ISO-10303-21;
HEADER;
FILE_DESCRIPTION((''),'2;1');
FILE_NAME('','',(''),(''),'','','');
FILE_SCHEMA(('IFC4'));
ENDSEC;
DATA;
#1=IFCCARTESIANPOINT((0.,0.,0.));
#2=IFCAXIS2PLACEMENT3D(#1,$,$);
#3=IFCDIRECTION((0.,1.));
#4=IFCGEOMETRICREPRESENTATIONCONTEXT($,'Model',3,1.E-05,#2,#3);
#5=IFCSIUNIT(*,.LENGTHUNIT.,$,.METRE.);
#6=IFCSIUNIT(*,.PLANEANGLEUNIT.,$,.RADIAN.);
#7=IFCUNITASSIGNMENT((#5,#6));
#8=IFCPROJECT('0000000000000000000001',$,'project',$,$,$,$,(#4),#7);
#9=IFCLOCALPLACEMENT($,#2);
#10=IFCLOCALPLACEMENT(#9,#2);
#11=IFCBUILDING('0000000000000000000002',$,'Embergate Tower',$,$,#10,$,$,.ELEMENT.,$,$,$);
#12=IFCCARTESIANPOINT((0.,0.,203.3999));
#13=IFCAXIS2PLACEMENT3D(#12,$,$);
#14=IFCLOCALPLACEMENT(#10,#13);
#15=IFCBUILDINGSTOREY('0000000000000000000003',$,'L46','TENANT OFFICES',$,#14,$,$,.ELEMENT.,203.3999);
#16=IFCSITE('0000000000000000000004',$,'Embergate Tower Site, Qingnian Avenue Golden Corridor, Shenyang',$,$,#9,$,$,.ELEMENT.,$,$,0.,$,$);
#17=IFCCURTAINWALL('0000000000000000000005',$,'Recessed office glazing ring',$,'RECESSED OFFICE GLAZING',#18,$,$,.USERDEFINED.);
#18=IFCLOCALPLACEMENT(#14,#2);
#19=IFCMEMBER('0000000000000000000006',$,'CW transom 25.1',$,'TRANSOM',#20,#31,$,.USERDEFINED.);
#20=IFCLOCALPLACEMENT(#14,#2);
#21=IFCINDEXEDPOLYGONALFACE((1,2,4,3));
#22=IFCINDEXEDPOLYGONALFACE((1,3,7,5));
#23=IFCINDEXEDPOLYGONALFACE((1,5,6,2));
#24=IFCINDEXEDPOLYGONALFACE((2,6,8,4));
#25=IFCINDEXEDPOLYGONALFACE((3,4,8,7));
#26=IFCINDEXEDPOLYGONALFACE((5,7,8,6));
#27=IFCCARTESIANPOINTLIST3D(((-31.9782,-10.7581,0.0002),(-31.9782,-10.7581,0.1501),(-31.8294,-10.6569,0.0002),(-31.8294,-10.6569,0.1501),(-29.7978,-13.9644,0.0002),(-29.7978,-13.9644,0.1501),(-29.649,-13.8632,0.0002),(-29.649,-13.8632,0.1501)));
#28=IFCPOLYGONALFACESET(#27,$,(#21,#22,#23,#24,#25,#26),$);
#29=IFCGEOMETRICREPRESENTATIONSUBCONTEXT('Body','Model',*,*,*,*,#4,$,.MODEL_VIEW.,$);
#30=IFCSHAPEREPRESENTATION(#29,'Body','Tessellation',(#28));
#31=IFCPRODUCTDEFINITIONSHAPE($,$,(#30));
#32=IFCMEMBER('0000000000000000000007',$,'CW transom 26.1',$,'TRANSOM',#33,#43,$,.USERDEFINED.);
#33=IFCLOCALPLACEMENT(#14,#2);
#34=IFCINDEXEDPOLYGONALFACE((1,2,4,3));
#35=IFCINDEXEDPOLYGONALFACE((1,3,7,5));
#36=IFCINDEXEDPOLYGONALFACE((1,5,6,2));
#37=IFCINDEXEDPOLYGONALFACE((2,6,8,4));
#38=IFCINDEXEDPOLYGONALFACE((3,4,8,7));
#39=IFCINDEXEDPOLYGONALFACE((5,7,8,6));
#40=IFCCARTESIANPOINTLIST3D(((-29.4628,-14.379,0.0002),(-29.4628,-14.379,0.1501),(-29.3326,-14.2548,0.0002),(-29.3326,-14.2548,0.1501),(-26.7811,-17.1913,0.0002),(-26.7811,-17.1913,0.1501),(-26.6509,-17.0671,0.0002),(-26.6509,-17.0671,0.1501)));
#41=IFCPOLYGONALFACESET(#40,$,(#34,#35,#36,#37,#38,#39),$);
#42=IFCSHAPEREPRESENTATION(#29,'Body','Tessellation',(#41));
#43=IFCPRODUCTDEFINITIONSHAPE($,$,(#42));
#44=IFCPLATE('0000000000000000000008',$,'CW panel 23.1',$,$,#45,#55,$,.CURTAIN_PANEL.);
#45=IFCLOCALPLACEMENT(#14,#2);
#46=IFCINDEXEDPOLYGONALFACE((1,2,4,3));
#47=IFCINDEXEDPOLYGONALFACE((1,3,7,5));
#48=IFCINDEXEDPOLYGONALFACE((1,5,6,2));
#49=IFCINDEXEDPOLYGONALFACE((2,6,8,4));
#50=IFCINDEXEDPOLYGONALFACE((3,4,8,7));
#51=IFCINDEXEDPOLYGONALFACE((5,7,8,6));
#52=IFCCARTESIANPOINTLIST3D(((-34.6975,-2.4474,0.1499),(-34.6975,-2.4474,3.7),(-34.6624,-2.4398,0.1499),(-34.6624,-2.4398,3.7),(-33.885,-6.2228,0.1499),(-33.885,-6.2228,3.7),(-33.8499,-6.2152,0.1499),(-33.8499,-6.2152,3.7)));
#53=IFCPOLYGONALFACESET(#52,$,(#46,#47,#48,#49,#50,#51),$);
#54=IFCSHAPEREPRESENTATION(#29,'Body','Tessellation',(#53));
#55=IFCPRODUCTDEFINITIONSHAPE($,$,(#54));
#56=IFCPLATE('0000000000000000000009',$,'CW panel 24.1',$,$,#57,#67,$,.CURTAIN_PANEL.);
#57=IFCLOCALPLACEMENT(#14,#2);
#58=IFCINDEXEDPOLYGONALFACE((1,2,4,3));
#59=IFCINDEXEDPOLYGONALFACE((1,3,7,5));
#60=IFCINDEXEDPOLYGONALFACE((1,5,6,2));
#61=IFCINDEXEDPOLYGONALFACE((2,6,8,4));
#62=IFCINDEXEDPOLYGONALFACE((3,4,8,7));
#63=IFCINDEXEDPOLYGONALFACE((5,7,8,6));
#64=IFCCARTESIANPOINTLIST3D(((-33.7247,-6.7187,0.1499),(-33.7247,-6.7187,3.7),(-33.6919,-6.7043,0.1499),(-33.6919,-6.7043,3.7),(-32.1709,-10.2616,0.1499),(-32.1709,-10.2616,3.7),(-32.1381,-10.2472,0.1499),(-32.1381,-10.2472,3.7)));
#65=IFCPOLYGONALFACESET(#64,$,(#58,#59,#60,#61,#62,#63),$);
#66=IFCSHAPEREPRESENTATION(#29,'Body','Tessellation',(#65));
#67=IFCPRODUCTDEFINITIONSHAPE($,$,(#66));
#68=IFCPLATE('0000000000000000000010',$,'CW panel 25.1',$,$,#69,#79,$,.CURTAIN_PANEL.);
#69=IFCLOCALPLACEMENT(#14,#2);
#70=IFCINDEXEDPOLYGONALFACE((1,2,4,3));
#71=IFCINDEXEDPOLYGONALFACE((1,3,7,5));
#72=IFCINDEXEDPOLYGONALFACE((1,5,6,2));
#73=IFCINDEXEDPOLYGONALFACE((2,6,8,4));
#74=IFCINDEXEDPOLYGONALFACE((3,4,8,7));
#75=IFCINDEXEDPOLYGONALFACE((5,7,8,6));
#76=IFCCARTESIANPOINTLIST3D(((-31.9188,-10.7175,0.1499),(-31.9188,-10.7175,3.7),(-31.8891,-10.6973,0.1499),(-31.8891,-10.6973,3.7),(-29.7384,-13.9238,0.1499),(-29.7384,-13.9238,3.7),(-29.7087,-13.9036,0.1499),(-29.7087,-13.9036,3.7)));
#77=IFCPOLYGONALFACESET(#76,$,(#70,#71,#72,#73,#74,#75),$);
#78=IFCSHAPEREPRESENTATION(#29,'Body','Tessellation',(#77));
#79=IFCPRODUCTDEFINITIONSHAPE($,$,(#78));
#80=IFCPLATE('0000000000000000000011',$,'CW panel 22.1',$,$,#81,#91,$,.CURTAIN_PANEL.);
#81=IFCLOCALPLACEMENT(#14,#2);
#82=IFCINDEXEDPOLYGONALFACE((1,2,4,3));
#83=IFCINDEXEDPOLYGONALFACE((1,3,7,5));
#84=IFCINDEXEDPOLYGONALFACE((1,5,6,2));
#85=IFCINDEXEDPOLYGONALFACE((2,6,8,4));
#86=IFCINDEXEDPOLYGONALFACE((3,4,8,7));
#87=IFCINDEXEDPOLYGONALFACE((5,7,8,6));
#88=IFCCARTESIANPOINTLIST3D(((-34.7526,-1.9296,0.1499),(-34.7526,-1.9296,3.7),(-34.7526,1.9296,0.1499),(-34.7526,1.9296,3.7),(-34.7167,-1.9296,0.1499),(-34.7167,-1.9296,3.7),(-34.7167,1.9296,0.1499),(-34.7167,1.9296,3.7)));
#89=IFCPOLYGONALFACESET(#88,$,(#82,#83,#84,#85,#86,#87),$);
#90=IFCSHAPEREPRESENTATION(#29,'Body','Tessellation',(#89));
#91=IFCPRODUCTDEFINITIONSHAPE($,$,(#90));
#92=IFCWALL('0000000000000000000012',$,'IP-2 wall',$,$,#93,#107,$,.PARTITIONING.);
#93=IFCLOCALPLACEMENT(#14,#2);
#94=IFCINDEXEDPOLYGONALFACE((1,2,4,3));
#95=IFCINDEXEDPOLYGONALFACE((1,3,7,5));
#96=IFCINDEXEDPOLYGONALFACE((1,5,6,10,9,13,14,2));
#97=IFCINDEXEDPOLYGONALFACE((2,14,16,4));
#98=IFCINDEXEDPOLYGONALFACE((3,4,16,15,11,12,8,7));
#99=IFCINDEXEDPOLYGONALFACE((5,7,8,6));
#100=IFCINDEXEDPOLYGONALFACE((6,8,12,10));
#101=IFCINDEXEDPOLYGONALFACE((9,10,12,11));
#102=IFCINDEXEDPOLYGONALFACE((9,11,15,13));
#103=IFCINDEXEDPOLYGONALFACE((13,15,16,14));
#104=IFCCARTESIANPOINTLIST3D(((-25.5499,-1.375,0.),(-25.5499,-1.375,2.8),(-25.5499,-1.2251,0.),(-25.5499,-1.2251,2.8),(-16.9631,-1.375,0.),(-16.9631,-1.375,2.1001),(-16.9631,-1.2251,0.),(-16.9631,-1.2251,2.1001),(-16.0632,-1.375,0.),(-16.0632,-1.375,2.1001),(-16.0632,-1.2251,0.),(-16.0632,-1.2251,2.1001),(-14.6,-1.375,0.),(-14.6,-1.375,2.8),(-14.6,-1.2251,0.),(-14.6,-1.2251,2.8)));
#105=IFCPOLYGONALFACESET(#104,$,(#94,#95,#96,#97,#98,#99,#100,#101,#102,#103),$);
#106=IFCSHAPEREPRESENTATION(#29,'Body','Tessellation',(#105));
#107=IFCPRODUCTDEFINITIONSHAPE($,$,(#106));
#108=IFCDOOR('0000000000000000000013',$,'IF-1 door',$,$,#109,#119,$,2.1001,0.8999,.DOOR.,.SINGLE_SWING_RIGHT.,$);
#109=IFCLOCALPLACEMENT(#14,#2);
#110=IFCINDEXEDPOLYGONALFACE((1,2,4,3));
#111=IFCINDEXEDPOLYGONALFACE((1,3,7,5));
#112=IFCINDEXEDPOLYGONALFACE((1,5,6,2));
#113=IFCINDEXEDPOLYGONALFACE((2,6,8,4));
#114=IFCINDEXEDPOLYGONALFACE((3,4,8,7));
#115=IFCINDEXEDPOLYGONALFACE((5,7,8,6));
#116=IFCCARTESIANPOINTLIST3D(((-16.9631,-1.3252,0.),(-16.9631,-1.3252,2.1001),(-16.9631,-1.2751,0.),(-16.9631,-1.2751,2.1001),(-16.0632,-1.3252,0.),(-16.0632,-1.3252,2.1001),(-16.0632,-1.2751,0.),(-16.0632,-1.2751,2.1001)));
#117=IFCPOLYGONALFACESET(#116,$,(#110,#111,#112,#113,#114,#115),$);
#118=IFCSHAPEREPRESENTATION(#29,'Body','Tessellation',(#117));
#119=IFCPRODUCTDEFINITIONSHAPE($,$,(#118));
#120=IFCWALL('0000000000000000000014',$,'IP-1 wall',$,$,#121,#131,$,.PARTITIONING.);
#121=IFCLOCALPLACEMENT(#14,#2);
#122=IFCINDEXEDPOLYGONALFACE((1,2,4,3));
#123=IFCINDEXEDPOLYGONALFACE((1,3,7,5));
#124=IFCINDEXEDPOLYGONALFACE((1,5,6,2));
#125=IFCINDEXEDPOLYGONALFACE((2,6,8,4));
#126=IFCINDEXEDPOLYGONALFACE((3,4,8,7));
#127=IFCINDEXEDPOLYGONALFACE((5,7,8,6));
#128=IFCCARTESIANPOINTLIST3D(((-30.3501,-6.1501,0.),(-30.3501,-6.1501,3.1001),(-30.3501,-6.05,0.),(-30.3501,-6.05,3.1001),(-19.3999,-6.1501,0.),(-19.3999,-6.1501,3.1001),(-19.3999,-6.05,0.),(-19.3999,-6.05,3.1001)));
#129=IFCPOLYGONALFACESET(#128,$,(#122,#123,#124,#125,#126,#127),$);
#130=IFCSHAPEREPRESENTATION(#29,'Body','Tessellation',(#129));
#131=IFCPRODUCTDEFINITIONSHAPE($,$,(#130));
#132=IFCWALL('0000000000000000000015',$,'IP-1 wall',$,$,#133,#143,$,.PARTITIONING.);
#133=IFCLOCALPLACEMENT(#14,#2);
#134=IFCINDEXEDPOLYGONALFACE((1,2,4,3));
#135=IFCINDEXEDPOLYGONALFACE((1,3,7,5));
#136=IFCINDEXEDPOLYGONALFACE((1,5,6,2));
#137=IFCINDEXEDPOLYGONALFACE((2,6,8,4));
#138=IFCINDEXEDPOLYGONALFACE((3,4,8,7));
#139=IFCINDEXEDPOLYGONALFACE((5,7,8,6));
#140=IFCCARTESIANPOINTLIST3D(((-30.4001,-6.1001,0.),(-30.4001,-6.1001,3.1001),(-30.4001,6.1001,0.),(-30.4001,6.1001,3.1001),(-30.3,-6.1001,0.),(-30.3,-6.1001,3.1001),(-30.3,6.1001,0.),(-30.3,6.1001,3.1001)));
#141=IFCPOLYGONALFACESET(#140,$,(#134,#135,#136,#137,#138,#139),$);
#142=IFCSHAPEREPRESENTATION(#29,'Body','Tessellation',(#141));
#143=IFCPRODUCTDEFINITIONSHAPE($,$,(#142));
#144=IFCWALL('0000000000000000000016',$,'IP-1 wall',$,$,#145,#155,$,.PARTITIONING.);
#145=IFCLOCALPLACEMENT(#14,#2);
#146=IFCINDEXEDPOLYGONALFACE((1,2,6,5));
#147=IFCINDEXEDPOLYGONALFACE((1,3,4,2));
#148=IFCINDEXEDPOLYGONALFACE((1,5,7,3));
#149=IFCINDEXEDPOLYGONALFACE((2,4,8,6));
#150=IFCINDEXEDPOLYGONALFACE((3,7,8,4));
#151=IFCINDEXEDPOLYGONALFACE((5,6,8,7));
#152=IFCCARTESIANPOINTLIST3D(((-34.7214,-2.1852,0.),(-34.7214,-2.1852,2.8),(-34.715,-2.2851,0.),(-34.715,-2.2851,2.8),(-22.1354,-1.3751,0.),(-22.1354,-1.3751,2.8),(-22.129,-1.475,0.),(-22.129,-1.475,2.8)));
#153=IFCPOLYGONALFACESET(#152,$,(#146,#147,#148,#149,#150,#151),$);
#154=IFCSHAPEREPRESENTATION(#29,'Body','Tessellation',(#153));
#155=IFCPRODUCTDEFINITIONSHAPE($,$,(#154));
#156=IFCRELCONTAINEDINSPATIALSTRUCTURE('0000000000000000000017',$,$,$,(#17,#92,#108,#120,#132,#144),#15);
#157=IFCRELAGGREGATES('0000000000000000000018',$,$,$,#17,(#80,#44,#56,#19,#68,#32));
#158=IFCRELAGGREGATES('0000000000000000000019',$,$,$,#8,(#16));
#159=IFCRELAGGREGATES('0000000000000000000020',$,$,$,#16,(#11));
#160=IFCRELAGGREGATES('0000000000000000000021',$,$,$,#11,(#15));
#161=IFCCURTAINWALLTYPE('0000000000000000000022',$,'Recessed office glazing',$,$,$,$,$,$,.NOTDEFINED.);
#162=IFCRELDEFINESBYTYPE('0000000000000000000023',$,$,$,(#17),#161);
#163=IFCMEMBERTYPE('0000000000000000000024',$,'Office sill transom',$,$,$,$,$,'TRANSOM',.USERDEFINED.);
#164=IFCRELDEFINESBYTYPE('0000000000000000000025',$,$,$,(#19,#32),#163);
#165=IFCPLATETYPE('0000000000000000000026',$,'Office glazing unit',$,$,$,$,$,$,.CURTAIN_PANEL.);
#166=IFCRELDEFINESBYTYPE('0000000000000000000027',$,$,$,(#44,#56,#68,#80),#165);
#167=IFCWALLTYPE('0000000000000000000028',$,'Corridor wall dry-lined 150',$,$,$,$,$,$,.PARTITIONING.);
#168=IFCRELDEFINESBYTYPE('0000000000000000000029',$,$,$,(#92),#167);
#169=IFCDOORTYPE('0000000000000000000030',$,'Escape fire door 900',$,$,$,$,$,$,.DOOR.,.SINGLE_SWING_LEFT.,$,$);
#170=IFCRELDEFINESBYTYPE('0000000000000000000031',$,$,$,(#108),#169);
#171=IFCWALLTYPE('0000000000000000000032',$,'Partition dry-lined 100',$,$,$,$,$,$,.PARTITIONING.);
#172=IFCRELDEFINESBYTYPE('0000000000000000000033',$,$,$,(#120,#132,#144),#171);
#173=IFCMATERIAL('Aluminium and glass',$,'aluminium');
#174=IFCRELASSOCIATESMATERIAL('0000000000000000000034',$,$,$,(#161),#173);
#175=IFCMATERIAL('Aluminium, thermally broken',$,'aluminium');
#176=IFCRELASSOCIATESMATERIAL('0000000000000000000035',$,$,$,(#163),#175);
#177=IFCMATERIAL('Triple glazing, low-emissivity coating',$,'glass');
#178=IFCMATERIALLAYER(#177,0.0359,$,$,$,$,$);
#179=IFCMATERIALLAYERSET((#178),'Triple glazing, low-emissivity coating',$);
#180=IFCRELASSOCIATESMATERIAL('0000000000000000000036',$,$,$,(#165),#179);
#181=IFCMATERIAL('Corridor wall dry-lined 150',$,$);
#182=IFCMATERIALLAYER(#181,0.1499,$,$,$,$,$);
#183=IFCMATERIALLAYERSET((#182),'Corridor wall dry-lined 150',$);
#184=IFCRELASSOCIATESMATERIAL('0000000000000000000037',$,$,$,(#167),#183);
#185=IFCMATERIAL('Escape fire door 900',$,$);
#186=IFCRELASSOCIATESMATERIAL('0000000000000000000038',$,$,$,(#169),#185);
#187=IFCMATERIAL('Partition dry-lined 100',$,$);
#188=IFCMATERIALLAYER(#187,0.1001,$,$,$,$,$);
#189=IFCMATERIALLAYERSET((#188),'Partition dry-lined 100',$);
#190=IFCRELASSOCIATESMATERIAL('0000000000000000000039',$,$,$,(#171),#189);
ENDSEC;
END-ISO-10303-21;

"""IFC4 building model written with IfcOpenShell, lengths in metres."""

from ifc_helpers import new_model, si_unit, direction, frame, frame_2d, origin, origin_2d, place, context, subcontext, project, spatial, rectangle, extrude, source, transform, mapped, material, layer, layer_set, material_profile, profile_set, type_object, element, fill, aggregate, save


model = new_model("IFC4")

# Units and contexts
model_context = context("Model", 3, precision=1e-05, world=origin(), true_north=direction((0.0, 1.0)))
body_context = subcontext(model_context, "Body", "Model", "MODEL_VIEW")
ifc_project = project(units=[si_unit("LENGTHUNIT", "METRE"), si_unit("PLANEANGLEUNIT", "RADIAN")], contexts=[model_context])

# Site, building, storey
site_placement = place(None, origin())
site = spatial("IfcSite", under=ifc_project, at=site_placement, Name="Embergate Tower Site, Qingnian Avenue Golden Corridor, Shenyang", CompositionType="ELEMENT", RefElevation=0.0)
building_placement = place(site_placement, origin())
building = spatial("IfcBuilding", under=site, at=building_placement, Name="Embergate Tower", CompositionType="ELEMENT")
storey_placement = place(building_placement, frame((0.0, 0.0, 203.3999)))
storey = spatial("IfcBuildingStorey", under=building, at=storey_placement, Name="L46", Description="TENANT OFFICES", CompositionType="ELEMENT", Elevation=203.3999)

# Curtain wall, members, plates
ifc_material_1 = material(Name="Aluminium and glass", Category="aluminium")
curtain_wall_type = type_object("IfcCurtainWallType", Name="Recessed office glazing", PredefinedType="NOTDEFINED", material=ifc_material_1)
curtain_wall_placement = place(storey_placement, origin())
curtain_wall = element("IfcCurtainWall", 1, at=curtain_wall_placement, inside=storey, type_object=curtain_wall_type, Name="Recessed office glazing ring", ObjectType="RECESSED OFFICE GLAZING", PredefinedType="USERDEFINED")
ifc_material_2 = material(Name="Aluminium, thermally broken", Category="aluminium")
ifc_material_profile_1 = material_profile(ifc_material_2, rectangle(XDim=0.1799, YDim=0.1499, at=origin_2d()), Name="AL 150x180")
ifc_profile_set_1 = profile_set([ifc_material_profile_1], Name="Aluminium, thermally broken")
member_type_1 = type_object("IfcMemberType", Name="Office sill transom", ElementType="TRANSOM", PredefinedType="USERDEFINED", material=ifc_profile_set_1)
shared_shape_1 = source(origin(), body_context, "Body", "SweptSolid", [
    extrude(rectangle(XDim=0.1799, YDim=0.1499, at=origin_2d()), origin(), (0.0, 0.0, 1.0), 3.8774),
])
member_1_placement = place(storey_placement, frame((-31.9038, -10.7075, 0.0752), z_axis=(0.562334, -0.82691, 0.0), x_axis=(0.82691, 0.562334, 0.0)))
member_1 = element("IfcMember", 2, at=member_1_placement, type_object=member_type_1, Name="CW transom 25.1", ObjectType="TRANSOM", PredefinedType="USERDEFINED", context=body_context, shape_type="MappedRepresentation", body=[
    mapped(shared_shape_1, transform((0.0, 0.0, 0.0))),
])
shared_shape_2 = source(origin(), body_context, "Body", "SweptSolid", [
    extrude(rectangle(XDim=0.1799, YDim=0.1499, at=origin_2d()), origin(), (0.0, 0.0, 1.0), 3.886),
])
member_2_placement = place(storey_placement, frame((-29.3977, -14.3169, 0.0752), z_axis=(0.690101, -0.723713, 0.0), x_axis=(0.723713, 0.690101, 0.0)))
member_2 = element("IfcMember", 3, at=member_2_placement, type_object=member_type_1, Name="CW transom 26.1", ObjectType="TRANSOM", PredefinedType="USERDEFINED", context=body_context, shape_type="MappedRepresentation", body=[
    mapped(shared_shape_2, transform((0.0, 0.0, 0.0))),
])
ifc_material_3 = material(Name="Triple glazing, low-emissivity coating", Category="glass")
ifc_layer_1 = layer(ifc_material_3, 0.0359)
ifc_layer_set_1 = layer_set([ifc_layer_1], Name="Triple glazing, low-emissivity coating")
plate_type = type_object("IfcPlateType", Name="Office glazing unit", PredefinedType="CURTAIN_PANEL", material=ifc_layer_set_1)
shared_shape_3 = source(origin(), body_context, "Body", "SweptSolid", [
    extrude(rectangle(XDim=3.8618, YDim=0.0359, at=origin_2d()), origin(), (0.0, 0.0, 1.0), 3.55),
])
plate_1_placement = place(storey_placement, frame((-34.2737, -4.3313, 0.1499), z_axis=(0.0, 0.0, 1.0), x_axis=(0.210393, -0.977617, 0.0)))
plate_1 = element("IfcPlate", 4, at=plate_1_placement, type_object=plate_type, Name="CW panel 23.1", PredefinedType="CURTAIN_PANEL", context=body_context, shape_type="MappedRepresentation", body=[
    mapped(shared_shape_3, transform((0.0, 0.0, 0.0))),
])
shared_shape_4 = source(origin(), body_context, "Body", "SweptSolid", [
    extrude(rectangle(XDim=3.8687, YDim=0.0359, at=origin_2d()), origin(), (0.0, 0.0, 1.0), 3.55),
])
plate_2_placement = place(storey_placement, frame((-32.9314, -8.4829, 0.1499), z_axis=(0.0, 0.0, 1.0), x_axis=(0.401644, -0.915796, 0.0)))
plate_2 = element("IfcPlate", 5, at=plate_2_placement, type_object=plate_type, Name="CW panel 24.1", PredefinedType="CURTAIN_PANEL", context=body_context, shape_type="MappedRepresentation", body=[
    mapped(shared_shape_4, transform((0.0, 0.0, 0.0))),
])
shared_shape_5 = source(origin(), body_context, "Body", "SweptSolid", [
    extrude(rectangle(XDim=3.8774, YDim=0.0359, at=origin_2d()), origin(), (0.0, 0.0, 1.0), 3.55),
])
plate_3_placement = place(storey_placement, frame((-30.8137, -12.3105, 0.1499), z_axis=(0.0, 0.0, 1.0), x_axis=(0.562332, -0.826912, 0.0)))
plate_3 = element("IfcPlate", 6, at=plate_3_placement, type_object=plate_type, Name="CW panel 25.1", PredefinedType="CURTAIN_PANEL", context=body_context, shape_type="MappedRepresentation", body=[
    mapped(shared_shape_5, transform((0.0, 0.0, 0.0))),
])
shared_shape_6 = source(origin(), body_context, "Body", "SweptSolid", [
    extrude(rectangle(XDim=3.8591, YDim=0.0359, at=origin_2d()), origin(), (0.0, 0.0, 1.0), 3.55),
])
plate_4_placement = place(storey_placement, frame((-34.7346, 0.0, 0.1499), z_axis=(0.0, 0.0, 1.0), x_axis=(0.0, -1.0, 0.0)))
plate_4 = element("IfcPlate", 7, at=plate_4_placement, type_object=plate_type, Name="CW panel 22.1", PredefinedType="CURTAIN_PANEL", context=body_context, shape_type="MappedRepresentation", body=[
    mapped(shared_shape_6, transform((0.0, 0.0, 0.0))),
])
aggregate(curtain_wall, [plate_4, plate_1, plate_2, member_1, plate_3, member_2])

# Wall, opening, door
ifc_material_4 = material(Name="Corridor wall dry-lined 150")
ifc_layer_2 = layer(ifc_material_4, 0.1499)
ifc_layer_set_2 = layer_set([ifc_layer_2], Name="Corridor wall dry-lined 150")
wall_type_1 = type_object("IfcWallType", Name="Corridor wall dry-lined 150", PredefinedType="PARTITIONING", material=ifc_layer_set_2)
shared_shape_7 = source(origin(), body_context, "Body", "SweptSolid", [
    extrude(rectangle(XDim=10.95, YDim=0.1499, at=frame_2d((5.4751, 0.0))), origin(), (0.0, 0.0, 1.0), 2.8),
])
wall_1_placement = place(storey_placement, frame((-25.55, -1.3, 0.0), z_axis=(0.0, 0.0, 1.0), x_axis=(1.0, 0.0, 0.0)))
wall_1 = element("IfcWall", 8, at=wall_1_placement, inside=storey, type_object=wall_type_1, Name="IP-2 wall", PredefinedType="PARTITIONING", context=body_context, shape_type="MappedRepresentation", body=[
    mapped(shared_shape_7, transform((0.0, 0.0, 0.0))),
])
shared_shape_8 = source(origin(), body_context, "Body", "SweptSolid", [
    extrude(rectangle(XDim=0.8999, YDim=2.1001, at=frame_2d((0.45, 1.05))), frame((0.0, 0.085, 0.0), z_axis=(0.0, -1.0, 0.0), x_axis=(1.0, 0.0, 0.0)), (0.0, 0.0, 1.0), 0.1699),
])
opening_placement = place(wall_1_placement, frame((8.5869, 0.0, 0.0)))
opening = element("IfcOpeningElement", 9, at=opening_placement, cuts=wall_1, PredefinedType="OPENING", context=body_context, shape_type="MappedRepresentation", body=[
    mapped(shared_shape_8, transform((0.0, 0.0, 0.0))),
])
ifc_material_5 = material(Name="Escape fire door 900")
door_type = type_object("IfcDoorType", Name="Escape fire door 900", OperationType="SINGLE_SWING_LEFT", PredefinedType="DOOR", material=ifc_material_5)
shared_shape_9 = source(origin(), body_context, "Body", "SweptSolid", [
    extrude(rectangle(XDim=0.8999, YDim=2.1001, at=frame_2d((0.45, 1.05))), frame((0.0, 0.0249, 0.0), z_axis=(0.0, -1.0, 0.0), x_axis=(1.0, 0.0, 0.0)), (0.0, 0.0, 1.0), 0.05),
])
door_placement = place(opening_placement, origin())
door = element("IfcDoor", 10, at=door_placement, inside=storey, type_object=door_type, Name="IF-1 door", OperationType="SINGLE_SWING_RIGHT", OverallHeight=2.1001, OverallWidth=0.8999, PredefinedType="DOOR", context=body_context, shape_type="MappedRepresentation", body=[
    mapped(shared_shape_9, transform((0.0, 0.0, 0.0))),
])
fill(opening, door)

# Walls
ifc_material_6 = material(Name="Partition dry-lined 100")
ifc_layer_3 = layer(ifc_material_6, 0.1001)
ifc_layer_set_3 = layer_set([ifc_layer_3], Name="Partition dry-lined 100")
wall_type_2 = type_object("IfcWallType", Name="Partition dry-lined 100", PredefinedType="PARTITIONING", material=ifc_layer_set_3)
shared_shape_10 = source(origin(), body_context, "Body", "SweptSolid", [
    extrude(rectangle(XDim=10.9502, YDim=0.1001, at=frame_2d((5.4751, 0.0))), origin(), (0.0, 0.0, 1.0), 3.1001),
])
wall_2_placement = place(storey_placement, frame((-19.3999, -6.1001, 0.0), z_axis=(0.0, 0.0, 1.0), x_axis=(-1.0, 0.0, 0.0)))
element("IfcWall", 11, at=wall_2_placement, inside=storey, type_object=wall_type_2, Name="IP-1 wall", PredefinedType="PARTITIONING", context=body_context, shape_type="MappedRepresentation", body=[
    mapped(shared_shape_10, transform((0.0, 0.0, 0.0))),
])
shared_shape_11 = source(origin(), body_context, "Body", "SweptSolid", [
    extrude(rectangle(XDim=12.2002, YDim=0.1001, at=frame_2d((6.1001, 0.0))), origin(), (0.0, 0.0, 1.0), 3.1001),
])
wall_3_placement = place(storey_placement, frame((-30.3501, -6.1001, 0.0), z_axis=(0.0, 0.0, 1.0), x_axis=(0.0, 1.0, 0.0)))
element("IfcWall", 12, at=wall_3_placement, inside=storey, type_object=wall_type_2, Name="IP-1 wall", PredefinedType="PARTITIONING", context=body_context, shape_type="MappedRepresentation", body=[
    mapped(shared_shape_11, transform((0.0, 0.0, 0.0))),
])
shared_shape_12 = source(origin(), body_context, "Body", "SweptSolid", [
    extrude(rectangle(XDim=12.6121, YDim=0.1001, at=frame_2d((6.3062, 0.0))), origin(), (0.0, 0.0, 1.0), 2.8),
])
wall_4_placement = place(storey_placement, frame((-22.1321, -1.425, 0.0), z_axis=(0.0, 0.0, 1.0), x_axis=(-0.997935, -0.064229, 0.0)))
element("IfcWall", 13, at=wall_4_placement, inside=storey, type_object=wall_type_2, Name="IP-1 wall", PredefinedType="PARTITIONING", context=body_context, shape_type="MappedRepresentation", body=[
    mapped(shared_shape_12, transform((0.0, 0.0, 0.0))),
])

save(model, "model.ifc")
